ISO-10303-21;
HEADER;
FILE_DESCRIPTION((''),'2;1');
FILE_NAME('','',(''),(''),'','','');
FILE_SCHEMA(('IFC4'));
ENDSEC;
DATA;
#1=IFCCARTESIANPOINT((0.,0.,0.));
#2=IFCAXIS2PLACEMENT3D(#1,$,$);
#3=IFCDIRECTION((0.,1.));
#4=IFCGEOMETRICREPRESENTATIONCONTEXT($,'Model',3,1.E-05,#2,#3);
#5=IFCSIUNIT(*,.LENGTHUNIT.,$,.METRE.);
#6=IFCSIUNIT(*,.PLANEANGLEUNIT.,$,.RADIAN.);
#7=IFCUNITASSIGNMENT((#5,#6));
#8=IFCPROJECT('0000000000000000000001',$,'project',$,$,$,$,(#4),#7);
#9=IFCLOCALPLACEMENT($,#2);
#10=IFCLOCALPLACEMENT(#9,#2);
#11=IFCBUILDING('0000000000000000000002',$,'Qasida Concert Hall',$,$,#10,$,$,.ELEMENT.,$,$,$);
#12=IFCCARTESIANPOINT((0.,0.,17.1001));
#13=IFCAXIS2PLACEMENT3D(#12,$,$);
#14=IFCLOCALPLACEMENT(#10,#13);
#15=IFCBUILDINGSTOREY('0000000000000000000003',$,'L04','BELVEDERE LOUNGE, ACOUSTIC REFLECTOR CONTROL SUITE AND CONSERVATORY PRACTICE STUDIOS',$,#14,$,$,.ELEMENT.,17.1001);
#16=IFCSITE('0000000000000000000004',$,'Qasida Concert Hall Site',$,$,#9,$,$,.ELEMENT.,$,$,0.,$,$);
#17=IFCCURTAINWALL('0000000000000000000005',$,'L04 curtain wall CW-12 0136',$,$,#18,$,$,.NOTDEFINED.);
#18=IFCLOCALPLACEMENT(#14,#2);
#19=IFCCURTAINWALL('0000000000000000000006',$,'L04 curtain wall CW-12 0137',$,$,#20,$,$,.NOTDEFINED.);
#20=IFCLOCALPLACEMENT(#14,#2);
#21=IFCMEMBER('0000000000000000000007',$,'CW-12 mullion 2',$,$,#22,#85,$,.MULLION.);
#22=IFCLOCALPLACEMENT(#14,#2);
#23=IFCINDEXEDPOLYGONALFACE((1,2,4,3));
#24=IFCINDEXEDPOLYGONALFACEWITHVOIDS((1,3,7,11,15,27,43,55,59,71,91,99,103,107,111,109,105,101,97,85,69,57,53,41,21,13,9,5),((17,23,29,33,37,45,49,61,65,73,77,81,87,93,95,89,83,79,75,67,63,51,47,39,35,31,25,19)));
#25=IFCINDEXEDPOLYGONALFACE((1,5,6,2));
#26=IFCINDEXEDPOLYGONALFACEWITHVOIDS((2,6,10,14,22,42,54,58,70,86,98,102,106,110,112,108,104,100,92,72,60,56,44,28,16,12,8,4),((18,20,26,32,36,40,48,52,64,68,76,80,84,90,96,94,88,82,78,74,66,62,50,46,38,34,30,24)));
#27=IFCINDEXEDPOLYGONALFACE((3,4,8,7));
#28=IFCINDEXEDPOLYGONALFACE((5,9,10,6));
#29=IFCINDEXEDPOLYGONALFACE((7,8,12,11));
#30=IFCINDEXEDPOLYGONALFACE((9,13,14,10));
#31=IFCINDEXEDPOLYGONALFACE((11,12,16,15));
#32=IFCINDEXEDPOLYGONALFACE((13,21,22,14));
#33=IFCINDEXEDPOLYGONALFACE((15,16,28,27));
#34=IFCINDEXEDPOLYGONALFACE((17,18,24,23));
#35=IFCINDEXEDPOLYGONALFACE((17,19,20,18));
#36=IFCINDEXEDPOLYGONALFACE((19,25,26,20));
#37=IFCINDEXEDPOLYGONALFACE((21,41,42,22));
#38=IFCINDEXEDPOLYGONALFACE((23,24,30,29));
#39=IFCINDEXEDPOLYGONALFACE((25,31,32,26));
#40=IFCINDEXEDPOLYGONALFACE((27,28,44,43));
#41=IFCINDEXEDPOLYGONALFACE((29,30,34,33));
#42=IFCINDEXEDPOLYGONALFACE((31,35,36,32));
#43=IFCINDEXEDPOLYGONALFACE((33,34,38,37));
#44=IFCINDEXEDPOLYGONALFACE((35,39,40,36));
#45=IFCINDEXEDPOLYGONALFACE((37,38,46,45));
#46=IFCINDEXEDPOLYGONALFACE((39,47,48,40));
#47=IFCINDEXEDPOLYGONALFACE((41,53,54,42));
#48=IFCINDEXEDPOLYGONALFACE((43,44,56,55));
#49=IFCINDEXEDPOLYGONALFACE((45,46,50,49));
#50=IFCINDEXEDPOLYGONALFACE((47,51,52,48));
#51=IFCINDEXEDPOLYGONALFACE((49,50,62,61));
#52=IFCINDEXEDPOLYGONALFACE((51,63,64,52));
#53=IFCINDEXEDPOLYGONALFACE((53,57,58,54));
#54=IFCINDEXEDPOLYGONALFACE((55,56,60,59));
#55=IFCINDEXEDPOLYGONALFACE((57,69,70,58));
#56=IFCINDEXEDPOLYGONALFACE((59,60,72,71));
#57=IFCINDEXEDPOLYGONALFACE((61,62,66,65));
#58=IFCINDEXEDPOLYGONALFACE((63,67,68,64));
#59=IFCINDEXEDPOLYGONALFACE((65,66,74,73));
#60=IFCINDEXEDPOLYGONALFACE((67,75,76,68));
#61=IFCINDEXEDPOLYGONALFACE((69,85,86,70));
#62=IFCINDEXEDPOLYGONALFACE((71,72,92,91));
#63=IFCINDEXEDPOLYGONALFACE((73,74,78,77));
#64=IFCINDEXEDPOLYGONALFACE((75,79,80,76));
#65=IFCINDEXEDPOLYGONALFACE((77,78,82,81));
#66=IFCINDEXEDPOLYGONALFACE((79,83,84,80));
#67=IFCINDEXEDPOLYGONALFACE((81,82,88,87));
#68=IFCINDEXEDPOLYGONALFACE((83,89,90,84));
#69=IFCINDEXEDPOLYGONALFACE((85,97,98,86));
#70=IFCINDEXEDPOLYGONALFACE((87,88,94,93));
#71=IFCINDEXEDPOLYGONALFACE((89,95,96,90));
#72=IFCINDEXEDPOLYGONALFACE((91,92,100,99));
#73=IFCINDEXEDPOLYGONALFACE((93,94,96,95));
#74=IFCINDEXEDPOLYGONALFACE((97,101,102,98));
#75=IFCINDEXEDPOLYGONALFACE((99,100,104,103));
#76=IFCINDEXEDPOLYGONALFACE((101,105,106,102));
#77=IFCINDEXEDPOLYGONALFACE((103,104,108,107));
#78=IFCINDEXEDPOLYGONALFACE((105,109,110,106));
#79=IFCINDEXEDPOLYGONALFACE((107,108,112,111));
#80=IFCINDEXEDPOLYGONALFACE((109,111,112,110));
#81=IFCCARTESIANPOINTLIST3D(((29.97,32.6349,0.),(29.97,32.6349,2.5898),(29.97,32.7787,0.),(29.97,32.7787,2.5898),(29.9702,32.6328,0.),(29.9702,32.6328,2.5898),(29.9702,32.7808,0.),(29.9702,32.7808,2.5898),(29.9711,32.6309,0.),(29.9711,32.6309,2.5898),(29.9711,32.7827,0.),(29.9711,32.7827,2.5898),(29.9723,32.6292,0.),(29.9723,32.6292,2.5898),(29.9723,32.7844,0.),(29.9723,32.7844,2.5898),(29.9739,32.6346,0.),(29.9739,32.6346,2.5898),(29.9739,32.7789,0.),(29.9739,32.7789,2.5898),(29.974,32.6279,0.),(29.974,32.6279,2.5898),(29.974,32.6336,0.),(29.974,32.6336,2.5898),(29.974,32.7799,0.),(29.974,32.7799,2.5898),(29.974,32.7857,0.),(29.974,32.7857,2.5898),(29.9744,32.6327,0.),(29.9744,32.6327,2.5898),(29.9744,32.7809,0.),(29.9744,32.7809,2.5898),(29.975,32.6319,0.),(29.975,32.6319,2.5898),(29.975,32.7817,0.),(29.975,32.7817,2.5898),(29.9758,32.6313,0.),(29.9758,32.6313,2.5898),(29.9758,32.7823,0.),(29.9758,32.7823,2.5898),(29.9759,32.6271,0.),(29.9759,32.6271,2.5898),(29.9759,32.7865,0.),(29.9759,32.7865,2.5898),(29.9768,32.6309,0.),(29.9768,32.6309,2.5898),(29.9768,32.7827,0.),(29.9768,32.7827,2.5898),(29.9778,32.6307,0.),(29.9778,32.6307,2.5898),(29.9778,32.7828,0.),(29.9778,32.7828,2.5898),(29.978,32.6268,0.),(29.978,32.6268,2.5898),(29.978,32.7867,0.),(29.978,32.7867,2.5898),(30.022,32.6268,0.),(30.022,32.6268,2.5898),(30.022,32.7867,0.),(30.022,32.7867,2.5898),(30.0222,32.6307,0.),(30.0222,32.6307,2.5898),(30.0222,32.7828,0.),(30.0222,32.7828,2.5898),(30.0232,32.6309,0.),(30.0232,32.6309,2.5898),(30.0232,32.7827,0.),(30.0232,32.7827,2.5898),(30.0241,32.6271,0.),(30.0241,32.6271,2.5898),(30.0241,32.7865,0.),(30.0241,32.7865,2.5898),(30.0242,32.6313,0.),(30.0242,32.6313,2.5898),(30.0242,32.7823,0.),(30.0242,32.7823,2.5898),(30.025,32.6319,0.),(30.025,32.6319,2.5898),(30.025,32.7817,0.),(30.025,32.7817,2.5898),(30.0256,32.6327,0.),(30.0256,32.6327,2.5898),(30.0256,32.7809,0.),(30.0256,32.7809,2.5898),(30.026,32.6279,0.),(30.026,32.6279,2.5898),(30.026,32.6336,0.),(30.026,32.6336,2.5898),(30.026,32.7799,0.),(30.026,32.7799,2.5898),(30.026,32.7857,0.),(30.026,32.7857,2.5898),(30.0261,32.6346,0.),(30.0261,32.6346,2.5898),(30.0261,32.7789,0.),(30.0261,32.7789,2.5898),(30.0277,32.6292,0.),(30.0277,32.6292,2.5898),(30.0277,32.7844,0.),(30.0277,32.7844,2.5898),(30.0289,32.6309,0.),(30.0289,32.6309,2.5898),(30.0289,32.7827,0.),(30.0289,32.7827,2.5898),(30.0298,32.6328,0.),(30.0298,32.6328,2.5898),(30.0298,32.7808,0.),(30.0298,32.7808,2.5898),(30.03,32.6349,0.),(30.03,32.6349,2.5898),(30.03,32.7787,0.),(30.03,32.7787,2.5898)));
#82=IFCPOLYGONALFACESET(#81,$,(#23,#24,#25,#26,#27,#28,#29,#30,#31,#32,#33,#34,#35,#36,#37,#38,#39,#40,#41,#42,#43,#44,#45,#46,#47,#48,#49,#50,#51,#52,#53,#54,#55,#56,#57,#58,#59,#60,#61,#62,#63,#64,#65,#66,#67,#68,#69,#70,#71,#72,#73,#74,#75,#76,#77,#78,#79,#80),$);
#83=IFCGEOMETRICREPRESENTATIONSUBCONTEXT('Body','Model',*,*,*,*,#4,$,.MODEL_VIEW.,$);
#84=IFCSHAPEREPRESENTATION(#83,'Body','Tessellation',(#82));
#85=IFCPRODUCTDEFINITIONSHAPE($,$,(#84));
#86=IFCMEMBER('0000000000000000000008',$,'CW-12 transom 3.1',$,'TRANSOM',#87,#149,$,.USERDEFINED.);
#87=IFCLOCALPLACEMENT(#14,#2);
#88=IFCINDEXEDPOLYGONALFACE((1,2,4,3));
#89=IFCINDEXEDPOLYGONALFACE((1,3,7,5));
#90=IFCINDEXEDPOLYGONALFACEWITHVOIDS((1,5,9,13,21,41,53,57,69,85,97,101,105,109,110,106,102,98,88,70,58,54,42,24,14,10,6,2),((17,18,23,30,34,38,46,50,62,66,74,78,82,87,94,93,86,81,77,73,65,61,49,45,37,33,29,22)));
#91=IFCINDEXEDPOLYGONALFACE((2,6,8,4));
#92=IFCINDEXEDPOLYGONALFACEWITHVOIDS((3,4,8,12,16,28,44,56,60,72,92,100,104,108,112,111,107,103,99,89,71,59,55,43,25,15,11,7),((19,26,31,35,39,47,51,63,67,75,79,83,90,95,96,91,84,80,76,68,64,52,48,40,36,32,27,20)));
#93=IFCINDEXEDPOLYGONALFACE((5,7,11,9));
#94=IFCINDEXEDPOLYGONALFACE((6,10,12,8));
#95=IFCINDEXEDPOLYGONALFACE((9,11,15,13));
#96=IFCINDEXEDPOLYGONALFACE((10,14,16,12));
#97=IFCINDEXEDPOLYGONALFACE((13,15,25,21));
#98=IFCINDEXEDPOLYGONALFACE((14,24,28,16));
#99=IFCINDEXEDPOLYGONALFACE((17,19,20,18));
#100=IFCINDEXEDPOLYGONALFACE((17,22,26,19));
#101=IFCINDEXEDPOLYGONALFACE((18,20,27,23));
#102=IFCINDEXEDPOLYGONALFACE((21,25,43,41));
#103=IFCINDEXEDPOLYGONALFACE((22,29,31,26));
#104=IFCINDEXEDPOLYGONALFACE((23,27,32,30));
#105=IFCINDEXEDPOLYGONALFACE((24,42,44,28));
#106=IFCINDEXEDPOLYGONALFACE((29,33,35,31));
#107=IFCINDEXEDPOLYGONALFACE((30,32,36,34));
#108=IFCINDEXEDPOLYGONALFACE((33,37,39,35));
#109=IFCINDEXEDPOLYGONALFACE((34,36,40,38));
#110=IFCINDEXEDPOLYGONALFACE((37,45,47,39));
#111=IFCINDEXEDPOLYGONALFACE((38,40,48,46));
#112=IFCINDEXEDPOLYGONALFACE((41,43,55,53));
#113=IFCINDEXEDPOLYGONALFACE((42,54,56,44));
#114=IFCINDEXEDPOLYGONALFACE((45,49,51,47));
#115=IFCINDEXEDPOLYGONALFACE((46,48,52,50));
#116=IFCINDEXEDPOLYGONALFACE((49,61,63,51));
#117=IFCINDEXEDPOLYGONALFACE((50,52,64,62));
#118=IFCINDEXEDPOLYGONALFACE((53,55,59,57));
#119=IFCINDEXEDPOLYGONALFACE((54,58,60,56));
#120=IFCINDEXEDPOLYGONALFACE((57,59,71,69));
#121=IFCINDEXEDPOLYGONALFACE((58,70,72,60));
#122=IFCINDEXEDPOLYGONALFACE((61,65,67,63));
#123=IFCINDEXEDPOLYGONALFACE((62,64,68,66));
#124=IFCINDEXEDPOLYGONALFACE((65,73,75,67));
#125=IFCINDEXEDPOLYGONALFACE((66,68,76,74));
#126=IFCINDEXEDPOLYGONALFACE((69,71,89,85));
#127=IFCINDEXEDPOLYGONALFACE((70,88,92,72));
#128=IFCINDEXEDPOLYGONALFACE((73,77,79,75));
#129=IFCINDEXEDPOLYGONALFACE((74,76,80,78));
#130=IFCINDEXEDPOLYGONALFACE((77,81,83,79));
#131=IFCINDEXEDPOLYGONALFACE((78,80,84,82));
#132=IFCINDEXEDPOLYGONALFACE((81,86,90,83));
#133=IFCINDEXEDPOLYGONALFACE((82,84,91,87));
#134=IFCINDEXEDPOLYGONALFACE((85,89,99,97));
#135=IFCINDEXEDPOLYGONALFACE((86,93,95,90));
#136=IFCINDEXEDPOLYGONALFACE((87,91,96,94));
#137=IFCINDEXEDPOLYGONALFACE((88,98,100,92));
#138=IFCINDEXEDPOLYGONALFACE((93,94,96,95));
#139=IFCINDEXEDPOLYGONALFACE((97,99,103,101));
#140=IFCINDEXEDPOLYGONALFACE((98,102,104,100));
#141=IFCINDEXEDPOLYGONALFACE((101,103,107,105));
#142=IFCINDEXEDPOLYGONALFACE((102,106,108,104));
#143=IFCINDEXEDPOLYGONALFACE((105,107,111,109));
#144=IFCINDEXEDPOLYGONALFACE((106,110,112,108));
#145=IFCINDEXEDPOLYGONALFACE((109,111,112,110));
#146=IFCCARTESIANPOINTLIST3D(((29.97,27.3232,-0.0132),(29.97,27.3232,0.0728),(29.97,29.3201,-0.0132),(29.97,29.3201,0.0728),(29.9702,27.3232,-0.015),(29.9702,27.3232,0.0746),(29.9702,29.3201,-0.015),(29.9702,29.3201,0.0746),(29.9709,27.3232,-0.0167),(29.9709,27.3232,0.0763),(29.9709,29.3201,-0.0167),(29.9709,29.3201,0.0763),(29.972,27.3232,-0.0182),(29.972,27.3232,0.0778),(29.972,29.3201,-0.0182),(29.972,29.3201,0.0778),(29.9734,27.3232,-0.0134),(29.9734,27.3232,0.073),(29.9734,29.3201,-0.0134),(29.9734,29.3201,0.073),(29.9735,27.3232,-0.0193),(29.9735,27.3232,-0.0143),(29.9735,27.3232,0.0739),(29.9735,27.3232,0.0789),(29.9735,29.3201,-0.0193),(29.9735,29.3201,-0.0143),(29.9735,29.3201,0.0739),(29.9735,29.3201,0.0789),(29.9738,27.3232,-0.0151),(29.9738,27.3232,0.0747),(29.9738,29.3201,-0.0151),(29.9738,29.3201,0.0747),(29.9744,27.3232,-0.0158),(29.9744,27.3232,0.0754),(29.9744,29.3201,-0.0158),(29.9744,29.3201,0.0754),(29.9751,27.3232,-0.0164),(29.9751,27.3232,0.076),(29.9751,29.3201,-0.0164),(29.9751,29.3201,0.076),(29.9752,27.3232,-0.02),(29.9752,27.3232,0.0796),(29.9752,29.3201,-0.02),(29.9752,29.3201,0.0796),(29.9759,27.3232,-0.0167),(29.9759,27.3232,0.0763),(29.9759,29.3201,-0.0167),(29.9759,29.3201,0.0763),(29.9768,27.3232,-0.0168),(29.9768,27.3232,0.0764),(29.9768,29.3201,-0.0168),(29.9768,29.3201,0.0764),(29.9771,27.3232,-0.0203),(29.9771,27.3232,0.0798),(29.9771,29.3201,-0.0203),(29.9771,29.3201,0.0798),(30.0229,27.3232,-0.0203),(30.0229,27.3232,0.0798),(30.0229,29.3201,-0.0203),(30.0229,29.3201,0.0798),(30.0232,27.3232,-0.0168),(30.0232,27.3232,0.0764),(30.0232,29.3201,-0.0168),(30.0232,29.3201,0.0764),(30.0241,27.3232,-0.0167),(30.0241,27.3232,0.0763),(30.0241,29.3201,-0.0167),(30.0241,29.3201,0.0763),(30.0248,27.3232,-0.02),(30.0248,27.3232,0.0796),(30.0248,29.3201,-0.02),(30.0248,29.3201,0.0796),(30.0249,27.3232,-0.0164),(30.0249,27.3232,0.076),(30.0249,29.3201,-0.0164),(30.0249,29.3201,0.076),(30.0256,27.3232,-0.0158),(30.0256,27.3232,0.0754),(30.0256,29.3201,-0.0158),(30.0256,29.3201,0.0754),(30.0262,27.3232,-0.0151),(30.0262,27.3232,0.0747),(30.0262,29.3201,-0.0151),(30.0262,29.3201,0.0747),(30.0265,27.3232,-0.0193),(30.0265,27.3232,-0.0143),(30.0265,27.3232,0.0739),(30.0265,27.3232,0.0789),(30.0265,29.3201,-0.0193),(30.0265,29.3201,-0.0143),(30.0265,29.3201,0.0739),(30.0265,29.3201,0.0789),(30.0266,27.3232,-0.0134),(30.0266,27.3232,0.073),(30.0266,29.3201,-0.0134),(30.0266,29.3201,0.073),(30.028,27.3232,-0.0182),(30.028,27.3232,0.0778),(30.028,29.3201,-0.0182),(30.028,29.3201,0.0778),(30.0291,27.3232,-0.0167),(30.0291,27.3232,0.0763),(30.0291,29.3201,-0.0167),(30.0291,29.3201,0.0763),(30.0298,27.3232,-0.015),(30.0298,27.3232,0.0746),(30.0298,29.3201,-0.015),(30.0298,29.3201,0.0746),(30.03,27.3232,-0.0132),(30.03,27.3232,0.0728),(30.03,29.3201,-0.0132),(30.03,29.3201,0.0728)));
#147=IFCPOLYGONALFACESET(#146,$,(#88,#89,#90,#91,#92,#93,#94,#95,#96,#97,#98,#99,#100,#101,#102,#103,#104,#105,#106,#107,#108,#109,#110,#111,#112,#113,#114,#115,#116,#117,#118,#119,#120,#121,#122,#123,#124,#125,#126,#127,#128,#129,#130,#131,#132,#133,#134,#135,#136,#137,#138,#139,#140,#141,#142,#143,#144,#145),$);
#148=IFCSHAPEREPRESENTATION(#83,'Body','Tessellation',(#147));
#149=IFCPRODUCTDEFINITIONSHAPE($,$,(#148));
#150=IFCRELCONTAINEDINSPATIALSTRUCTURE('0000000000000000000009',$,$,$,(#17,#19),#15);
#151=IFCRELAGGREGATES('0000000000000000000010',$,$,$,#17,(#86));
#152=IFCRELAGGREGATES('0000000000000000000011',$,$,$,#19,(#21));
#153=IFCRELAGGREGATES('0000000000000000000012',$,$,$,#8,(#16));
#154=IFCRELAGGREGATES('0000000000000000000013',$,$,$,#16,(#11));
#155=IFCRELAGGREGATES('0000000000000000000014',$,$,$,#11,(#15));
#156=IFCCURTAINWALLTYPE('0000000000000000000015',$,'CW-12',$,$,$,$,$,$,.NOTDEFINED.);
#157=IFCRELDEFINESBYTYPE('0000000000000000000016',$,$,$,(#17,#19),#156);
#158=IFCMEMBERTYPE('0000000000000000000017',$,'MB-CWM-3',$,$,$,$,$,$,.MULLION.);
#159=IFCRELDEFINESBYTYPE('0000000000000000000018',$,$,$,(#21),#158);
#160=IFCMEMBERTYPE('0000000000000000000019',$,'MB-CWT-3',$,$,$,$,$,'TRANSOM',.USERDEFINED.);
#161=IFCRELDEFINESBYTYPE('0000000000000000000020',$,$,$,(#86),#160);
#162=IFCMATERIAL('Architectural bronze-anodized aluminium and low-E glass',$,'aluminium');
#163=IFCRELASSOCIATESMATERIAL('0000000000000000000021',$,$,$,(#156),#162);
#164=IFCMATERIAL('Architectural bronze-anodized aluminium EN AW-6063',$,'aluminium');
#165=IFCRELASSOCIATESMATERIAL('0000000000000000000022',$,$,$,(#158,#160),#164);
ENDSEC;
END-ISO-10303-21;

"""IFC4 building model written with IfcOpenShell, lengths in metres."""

from ifc_helpers import new_model, si_unit, direction, frame, origin, origin_2d, place, context, subcontext, project, spatial, hollow_rectangle, extrude, material, material_profile, profile_set, type_object, element, aggregate, save


model = new_model("IFC4")

# Units and contexts
model_context = context("Model", 3, precision=1e-05, world=origin(), true_north=direction((0.0, 1.0)))
body_context = subcontext(model_context, "Body", "Model", "MODEL_VIEW")
ifc_project = project(units=[si_unit("LENGTHUNIT", "METRE"), si_unit("PLANEANGLEUNIT", "RADIAN")], contexts=[model_context])

# Site, building, storey
site_placement = place(None, origin())
site = spatial("IfcSite", under=ifc_project, at=site_placement, Name="Qasida Concert Hall Site", CompositionType="ELEMENT", RefElevation=0.0)
building_placement = place(site_placement, origin())
building = spatial("IfcBuilding", under=site, at=building_placement, Name="Qasida Concert Hall", CompositionType="ELEMENT")
storey_placement = place(building_placement, frame((0.0, 0.0, 17.1001)))
storey = spatial("IfcBuildingStorey", under=building, at=storey_placement, Name="L04", Description="BELVEDERE LOUNGE, ACOUSTIC REFLECTOR CONTROL SUITE AND CONSERVATORY PRACTICE STUDIOS", CompositionType="ELEMENT", Elevation=17.1001)

# Curtain walls, member
ifc_material_1 = material(Name="Architectural bronze-anodized aluminium and low-E glass", Category="aluminium")
curtain_wall_type = type_object("IfcCurtainWallType", Name="CW-12", PredefinedType="NOTDEFINED", material=ifc_material_1)
curtain_wall_1_placement = place(storey_placement, origin())
curtain_wall_1 = element("IfcCurtainWall", 1, at=curtain_wall_1_placement, inside=storey, type_object=curtain_wall_type, Name="L04 curtain wall CW-12 0136", PredefinedType="NOTDEFINED")
ifc_material_2 = material(Name="Architectural bronze-anodized aluminium EN AW-6063", Category="aluminium")
ifc_material_profile_1 = material_profile(ifc_material_2, hollow_rectangle(XDim=0.0601, YDim=0.1599, WallThickness=0.0039, InnerFilletRadius=0.0039, OuterFilletRadius=0.0081, at=origin_2d()), Name="CWM 160x60x4")
ifc_profile_set_1 = profile_set([ifc_material_profile_1], Name="Architectural bronze-anodized aluminium EN AW-6063")
member_type_1 = type_object("IfcMemberType", Name="MB-CWM-3", PredefinedType="MULLION", material=ifc_profile_set_1)
curtain_wall_2_placement = place(storey_placement, origin())
curtain_wall_2 = element("IfcCurtainWall", 2, at=curtain_wall_2_placement, inside=storey, type_object=curtain_wall_type, Name="L04 curtain wall CW-12 0137", PredefinedType="NOTDEFINED")
member_1_placement = place(storey_placement, frame((30.0, 32.7068, 0.0), z_axis=(0.0, 0.0, 1.0), x_axis=(-1.0, 0.0, 0.0)))
member_1 = element("IfcMember", 3, at=member_1_placement, type_object=member_type_1, Name="CW-12 mullion 2", PredefinedType="MULLION", context=body_context, shape_type="SweptSolid", body=[
    extrude(hollow_rectangle(XDim=0.0601, YDim=0.1599, WallThickness=0.0039, InnerFilletRadius=0.0039, OuterFilletRadius=0.0081, at=origin_2d()), origin(), (0.0, 0.0, 1.0), 2.5898),
])

# Member
ifc_material_profile_2 = material_profile(ifc_material_2, hollow_rectangle(XDim=0.0601, YDim=0.1001, WallThickness=0.0034, InnerFilletRadius=0.0034, OuterFilletRadius=0.0071, at=origin_2d()), Name="CWT 100x60x3.5")
ifc_profile_set_2 = profile_set([ifc_material_profile_2], Name="Architectural bronze-anodized aluminium EN AW-6063")
member_type_2 = type_object("IfcMemberType", Name="MB-CWT-3", ElementType="TRANSOM", PredefinedType="USERDEFINED", material=ifc_profile_set_2)
member_2_placement = place(storey_placement, frame((30.0, 27.3232, 0.0298), z_axis=(0.0, 1.0, 0.0), x_axis=(-1.0, 0.0, 0.0)))
member_2 = element("IfcMember", 4, at=member_2_placement, type_object=member_type_2, Name="CW-12 transom 3.1", ObjectType="TRANSOM", PredefinedType="USERDEFINED", context=body_context, shape_type="SweptSolid", body=[
    extrude(hollow_rectangle(XDim=0.0601, YDim=0.1001, WallThickness=0.0034, InnerFilletRadius=0.0034, OuterFilletRadius=0.0071, at=origin_2d()), origin(), (0.0, 0.0, 1.0), 1.9968),
])

aggregate(curtain_wall_1, [member_2])
aggregate(curtain_wall_2, [member_1])

save(model, "model.ifc")
